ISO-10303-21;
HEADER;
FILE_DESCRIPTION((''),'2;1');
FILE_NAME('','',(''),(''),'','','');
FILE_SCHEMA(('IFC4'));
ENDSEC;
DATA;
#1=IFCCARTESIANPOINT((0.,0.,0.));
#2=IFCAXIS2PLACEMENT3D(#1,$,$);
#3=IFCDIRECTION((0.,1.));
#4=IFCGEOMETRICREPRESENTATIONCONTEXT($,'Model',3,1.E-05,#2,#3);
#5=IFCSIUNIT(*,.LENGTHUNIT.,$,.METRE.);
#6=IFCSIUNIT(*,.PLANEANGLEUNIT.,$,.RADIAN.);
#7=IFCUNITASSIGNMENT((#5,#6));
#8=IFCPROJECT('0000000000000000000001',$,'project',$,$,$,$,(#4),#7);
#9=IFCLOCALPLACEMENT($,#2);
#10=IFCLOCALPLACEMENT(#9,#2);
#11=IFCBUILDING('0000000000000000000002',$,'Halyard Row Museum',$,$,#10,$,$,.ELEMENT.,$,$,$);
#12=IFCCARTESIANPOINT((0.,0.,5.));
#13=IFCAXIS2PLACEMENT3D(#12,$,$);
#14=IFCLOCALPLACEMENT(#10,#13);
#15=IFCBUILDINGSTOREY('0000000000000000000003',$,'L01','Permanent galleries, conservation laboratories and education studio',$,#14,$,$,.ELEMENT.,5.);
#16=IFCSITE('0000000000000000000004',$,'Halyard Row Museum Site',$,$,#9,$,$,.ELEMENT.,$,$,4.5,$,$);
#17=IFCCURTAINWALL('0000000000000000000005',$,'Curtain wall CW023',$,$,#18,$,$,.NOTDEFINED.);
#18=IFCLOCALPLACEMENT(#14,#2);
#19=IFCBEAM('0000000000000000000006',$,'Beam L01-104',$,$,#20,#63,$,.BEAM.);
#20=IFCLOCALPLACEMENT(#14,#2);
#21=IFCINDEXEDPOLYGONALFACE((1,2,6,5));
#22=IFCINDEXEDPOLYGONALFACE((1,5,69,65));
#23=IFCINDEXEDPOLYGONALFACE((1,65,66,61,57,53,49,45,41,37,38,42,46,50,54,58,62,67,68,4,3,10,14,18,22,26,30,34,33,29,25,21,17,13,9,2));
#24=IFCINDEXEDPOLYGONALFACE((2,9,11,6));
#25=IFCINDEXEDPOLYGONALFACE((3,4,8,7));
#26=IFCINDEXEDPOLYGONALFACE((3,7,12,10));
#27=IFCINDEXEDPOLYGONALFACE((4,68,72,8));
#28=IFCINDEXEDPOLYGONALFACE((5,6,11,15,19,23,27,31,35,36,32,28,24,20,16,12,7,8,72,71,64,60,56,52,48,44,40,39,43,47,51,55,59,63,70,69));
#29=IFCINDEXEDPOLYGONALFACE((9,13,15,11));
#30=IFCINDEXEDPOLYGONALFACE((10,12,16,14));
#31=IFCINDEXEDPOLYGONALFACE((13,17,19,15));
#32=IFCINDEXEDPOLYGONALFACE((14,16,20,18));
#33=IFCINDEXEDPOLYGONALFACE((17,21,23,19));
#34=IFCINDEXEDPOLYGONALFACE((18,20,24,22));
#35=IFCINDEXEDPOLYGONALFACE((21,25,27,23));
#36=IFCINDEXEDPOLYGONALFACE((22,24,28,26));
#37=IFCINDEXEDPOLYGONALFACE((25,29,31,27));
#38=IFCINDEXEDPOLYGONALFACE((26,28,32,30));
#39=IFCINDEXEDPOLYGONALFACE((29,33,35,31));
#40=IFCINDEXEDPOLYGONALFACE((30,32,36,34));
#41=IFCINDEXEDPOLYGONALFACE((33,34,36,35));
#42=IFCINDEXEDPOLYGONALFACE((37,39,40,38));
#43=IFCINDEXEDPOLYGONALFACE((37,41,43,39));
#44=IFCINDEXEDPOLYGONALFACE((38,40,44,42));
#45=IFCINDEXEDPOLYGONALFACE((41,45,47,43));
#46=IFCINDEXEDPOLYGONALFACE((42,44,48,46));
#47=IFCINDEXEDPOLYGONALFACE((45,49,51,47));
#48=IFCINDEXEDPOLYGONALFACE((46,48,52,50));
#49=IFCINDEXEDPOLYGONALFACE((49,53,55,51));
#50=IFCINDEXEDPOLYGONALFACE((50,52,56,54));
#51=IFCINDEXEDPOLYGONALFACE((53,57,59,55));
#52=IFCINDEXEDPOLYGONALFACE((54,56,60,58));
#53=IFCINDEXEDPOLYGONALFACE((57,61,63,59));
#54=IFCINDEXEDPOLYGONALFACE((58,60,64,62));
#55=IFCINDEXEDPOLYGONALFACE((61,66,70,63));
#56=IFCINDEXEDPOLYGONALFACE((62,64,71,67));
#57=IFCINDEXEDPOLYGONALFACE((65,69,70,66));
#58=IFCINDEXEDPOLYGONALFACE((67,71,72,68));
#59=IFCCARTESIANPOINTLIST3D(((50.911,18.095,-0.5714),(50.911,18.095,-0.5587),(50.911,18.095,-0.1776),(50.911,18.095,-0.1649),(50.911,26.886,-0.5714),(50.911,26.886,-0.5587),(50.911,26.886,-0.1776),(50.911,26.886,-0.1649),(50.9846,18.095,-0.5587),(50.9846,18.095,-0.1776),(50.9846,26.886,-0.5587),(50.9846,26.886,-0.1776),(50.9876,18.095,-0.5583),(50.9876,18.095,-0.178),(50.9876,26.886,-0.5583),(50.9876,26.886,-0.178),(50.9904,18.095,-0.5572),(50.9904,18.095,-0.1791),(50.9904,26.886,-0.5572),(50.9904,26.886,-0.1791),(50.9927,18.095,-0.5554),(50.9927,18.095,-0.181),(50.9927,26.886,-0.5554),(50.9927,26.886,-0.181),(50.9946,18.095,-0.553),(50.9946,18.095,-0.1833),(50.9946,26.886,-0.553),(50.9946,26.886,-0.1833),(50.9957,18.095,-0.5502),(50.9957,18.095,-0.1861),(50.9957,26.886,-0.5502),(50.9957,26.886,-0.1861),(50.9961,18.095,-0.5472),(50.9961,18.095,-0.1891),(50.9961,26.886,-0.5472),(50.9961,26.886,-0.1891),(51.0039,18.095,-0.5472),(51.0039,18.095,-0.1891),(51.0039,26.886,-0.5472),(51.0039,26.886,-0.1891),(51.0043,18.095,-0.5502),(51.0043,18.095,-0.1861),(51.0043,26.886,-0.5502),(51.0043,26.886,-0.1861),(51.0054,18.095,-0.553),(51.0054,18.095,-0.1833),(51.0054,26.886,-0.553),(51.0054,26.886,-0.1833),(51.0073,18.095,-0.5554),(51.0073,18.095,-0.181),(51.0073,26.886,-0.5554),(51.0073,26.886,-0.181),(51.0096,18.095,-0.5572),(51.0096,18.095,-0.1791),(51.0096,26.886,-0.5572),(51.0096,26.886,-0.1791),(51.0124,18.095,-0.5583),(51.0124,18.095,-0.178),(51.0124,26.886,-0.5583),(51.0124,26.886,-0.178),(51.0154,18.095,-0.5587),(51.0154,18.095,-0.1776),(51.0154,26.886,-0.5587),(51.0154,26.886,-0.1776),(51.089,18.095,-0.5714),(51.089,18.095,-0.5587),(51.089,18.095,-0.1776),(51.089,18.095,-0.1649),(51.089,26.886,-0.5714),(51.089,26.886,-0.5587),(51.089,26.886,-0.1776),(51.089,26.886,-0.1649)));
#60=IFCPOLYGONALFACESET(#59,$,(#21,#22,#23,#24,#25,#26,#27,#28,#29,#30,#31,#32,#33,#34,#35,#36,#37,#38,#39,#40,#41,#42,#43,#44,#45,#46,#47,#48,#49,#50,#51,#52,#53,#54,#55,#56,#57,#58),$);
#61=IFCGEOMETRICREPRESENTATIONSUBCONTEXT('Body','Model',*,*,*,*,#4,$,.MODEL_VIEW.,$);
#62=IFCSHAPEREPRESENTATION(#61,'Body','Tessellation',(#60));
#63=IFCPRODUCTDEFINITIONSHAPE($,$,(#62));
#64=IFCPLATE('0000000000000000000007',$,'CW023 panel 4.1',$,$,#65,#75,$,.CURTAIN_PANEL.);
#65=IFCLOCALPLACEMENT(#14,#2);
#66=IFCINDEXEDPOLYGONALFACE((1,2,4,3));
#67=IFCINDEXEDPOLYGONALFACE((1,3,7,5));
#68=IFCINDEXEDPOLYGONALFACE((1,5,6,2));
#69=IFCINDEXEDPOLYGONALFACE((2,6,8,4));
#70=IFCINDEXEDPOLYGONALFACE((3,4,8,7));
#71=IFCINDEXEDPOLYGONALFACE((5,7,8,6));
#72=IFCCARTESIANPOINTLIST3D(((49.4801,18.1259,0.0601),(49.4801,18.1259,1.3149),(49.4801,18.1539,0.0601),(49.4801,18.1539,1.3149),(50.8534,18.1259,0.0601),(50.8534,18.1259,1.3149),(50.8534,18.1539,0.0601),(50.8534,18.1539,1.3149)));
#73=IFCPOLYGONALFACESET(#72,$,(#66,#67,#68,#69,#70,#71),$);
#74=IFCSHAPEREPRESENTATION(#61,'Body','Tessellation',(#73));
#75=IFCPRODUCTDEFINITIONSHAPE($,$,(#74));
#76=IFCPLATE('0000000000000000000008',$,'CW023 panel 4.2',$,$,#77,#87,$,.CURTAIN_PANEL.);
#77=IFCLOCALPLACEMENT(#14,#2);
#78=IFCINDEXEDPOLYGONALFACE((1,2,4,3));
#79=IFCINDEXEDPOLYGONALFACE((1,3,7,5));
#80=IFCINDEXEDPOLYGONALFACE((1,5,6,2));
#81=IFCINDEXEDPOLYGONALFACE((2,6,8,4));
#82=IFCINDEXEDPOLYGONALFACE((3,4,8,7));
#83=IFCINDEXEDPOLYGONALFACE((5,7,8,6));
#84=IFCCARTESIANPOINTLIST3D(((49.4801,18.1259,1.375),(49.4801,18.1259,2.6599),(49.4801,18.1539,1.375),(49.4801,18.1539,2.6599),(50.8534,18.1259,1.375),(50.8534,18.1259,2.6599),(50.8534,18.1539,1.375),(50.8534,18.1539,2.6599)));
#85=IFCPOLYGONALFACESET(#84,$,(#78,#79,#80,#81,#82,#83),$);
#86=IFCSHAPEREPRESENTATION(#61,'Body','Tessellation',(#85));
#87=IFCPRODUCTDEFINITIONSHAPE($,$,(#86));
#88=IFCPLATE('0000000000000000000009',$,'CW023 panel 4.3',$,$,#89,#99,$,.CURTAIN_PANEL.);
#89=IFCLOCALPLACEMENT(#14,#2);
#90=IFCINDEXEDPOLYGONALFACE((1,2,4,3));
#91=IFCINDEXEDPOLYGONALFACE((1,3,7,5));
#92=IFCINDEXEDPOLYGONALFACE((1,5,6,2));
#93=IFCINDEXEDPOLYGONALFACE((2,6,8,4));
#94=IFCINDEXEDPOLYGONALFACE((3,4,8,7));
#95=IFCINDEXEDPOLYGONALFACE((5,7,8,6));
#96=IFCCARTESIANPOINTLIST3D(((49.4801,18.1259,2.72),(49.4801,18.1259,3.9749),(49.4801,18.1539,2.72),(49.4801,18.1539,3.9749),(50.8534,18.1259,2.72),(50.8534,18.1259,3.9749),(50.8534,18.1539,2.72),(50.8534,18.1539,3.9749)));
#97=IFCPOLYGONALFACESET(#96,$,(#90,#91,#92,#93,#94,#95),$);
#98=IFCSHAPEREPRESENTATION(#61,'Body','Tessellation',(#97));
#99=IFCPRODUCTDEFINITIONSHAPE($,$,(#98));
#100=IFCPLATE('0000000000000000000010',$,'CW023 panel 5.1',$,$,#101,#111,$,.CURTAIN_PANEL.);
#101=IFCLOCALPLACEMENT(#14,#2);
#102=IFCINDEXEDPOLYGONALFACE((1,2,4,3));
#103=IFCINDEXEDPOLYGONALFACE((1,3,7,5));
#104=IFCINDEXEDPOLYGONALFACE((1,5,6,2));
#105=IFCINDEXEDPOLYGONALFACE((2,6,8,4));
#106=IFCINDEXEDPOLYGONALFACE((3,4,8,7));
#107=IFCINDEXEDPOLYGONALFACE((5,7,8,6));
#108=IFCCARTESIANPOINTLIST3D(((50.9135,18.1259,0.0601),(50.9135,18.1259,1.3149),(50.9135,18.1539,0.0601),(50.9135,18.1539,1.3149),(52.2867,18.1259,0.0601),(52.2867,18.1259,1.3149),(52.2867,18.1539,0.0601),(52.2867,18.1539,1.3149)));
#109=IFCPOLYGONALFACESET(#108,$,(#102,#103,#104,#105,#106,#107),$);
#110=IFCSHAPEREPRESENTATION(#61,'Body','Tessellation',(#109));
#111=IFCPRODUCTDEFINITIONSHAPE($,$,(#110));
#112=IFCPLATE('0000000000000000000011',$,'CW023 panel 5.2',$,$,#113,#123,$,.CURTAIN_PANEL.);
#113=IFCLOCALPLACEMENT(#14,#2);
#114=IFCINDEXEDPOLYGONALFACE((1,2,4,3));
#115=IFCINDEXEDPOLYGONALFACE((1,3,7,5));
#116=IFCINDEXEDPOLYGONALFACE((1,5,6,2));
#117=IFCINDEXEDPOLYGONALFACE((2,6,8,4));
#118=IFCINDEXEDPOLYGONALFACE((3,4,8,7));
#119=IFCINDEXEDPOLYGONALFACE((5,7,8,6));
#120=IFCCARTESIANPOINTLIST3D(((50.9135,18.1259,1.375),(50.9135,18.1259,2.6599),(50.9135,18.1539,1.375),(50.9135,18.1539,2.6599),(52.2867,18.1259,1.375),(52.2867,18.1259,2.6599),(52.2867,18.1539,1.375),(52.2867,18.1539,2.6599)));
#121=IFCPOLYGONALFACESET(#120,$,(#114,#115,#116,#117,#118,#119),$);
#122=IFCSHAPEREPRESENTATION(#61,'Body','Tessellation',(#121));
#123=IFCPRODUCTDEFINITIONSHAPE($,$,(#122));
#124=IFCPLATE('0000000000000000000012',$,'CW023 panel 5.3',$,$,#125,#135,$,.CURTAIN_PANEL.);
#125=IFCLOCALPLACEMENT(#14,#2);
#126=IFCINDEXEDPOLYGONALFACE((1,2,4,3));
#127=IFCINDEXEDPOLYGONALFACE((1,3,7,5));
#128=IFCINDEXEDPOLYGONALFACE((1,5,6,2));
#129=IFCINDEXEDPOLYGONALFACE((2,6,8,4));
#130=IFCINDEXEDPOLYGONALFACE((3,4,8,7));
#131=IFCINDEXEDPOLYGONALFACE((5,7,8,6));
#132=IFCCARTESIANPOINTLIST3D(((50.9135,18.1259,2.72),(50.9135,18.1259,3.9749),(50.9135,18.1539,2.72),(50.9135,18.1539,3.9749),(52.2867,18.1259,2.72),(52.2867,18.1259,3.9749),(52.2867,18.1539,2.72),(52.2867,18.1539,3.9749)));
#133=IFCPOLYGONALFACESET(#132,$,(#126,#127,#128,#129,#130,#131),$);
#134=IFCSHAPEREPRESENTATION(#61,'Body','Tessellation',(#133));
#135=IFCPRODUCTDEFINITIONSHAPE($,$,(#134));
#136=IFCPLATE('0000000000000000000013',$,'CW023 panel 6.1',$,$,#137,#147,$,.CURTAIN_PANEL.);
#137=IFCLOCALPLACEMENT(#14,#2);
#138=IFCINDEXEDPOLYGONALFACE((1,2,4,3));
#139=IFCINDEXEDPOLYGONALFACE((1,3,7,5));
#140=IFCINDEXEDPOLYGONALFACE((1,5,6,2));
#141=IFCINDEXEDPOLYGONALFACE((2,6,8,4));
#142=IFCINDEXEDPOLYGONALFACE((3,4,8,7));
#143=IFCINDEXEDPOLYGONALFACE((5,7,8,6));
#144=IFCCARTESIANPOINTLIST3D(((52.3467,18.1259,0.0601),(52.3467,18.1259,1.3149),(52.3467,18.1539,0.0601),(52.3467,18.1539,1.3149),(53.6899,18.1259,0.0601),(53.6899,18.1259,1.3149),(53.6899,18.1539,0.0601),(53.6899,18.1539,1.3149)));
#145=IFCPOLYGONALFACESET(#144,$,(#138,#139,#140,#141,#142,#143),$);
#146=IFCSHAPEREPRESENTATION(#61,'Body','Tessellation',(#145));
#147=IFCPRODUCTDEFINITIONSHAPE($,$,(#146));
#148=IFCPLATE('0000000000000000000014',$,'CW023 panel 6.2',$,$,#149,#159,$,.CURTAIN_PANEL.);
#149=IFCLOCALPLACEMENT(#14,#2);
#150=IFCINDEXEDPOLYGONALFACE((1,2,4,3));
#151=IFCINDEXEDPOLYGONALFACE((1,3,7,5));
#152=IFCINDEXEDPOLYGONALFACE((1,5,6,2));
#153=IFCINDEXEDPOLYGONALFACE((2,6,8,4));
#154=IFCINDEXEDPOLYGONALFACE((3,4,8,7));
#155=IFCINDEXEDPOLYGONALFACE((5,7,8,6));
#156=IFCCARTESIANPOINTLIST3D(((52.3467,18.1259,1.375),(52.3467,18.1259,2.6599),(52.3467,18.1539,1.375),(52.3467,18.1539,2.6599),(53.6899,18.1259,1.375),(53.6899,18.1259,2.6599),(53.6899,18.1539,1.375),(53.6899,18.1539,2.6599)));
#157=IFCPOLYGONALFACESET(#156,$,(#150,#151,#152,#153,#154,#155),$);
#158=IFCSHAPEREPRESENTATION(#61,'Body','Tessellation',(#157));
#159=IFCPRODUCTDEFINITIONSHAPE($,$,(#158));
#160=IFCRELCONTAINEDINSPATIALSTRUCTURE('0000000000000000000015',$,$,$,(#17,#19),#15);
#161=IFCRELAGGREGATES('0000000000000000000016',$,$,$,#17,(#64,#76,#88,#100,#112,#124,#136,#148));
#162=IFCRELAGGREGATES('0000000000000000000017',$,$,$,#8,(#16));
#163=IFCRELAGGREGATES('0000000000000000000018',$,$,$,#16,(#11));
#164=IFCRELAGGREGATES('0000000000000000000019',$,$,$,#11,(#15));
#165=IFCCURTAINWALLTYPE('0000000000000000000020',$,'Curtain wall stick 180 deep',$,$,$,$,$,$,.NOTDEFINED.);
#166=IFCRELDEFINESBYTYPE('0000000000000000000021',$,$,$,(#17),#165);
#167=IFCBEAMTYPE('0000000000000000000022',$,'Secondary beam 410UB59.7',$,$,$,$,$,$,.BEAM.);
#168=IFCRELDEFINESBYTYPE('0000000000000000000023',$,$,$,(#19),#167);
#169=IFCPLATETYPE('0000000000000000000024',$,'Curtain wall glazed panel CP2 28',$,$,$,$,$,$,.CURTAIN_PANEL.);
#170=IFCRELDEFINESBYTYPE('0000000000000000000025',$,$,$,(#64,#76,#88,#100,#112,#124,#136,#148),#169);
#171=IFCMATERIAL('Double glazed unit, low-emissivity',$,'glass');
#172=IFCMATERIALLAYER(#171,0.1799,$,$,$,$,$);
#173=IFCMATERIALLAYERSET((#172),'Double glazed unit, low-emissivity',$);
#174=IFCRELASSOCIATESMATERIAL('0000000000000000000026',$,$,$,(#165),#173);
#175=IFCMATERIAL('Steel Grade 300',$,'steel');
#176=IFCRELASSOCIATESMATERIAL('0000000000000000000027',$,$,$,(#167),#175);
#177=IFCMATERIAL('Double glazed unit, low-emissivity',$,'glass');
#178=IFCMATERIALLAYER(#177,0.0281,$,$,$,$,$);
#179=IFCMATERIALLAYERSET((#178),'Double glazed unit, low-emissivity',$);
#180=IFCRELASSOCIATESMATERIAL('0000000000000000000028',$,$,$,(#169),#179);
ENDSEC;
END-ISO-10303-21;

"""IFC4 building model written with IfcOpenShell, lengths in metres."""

from ifc_helpers import new_model, si_unit, direction, frame, origin, origin_2d, place, context, subcontext, project, spatial, rectangle, i_section, extrude, material, layer, layer_set, material_profile, profile_set, type_object, element, aggregate, save


model = new_model("IFC4")

# Units and contexts
model_context = context("Model", 3, precision=1e-05, world=origin(), true_north=direction((0.0, 1.0)))
body_context = subcontext(model_context, "Body", "Model", "MODEL_VIEW")
ifc_project = project(units=[si_unit("LENGTHUNIT", "METRE"), si_unit("PLANEANGLEUNIT", "RADIAN")], contexts=[model_context])

# Site, building, storey
site_placement = place(None, origin())
site = spatial("IfcSite", under=ifc_project, at=site_placement, Name="Halyard Row Museum Site", CompositionType="ELEMENT", RefElevation=4.5)
building_placement = place(site_placement, origin())
building = spatial("IfcBuilding", under=site, at=building_placement, Name="Halyard Row Museum", CompositionType="ELEMENT")
storey_placement = place(building_placement, frame((0.0, 0.0, 5.0)))
storey = spatial("IfcBuildingStorey", under=building, at=storey_placement, Name="L01", Description="Permanent galleries, conservation laboratories and education studio", CompositionType="ELEMENT", Elevation=5.0)

# Curtain wall
ifc_material_1 = material(Name="Double glazed unit, low-emissivity", Category="glass")
ifc_layer_1 = layer(ifc_material_1, 0.1799)
ifc_layer_set_1 = layer_set([ifc_layer_1], Name="Double glazed unit, low-emissivity")
curtain_wall_type = type_object("IfcCurtainWallType", Name="Curtain wall stick 180 deep", PredefinedType="NOTDEFINED", material=ifc_layer_set_1)
curtain_wall_placement = place(storey_placement, origin())
curtain_wall = element("IfcCurtainWall", 1, at=curtain_wall_placement, inside=storey, type_object=curtain_wall_type, Name="Curtain wall CW023", PredefinedType="NOTDEFINED")

# Beam
ifc_material_2 = material(Name="Steel Grade 300", Category="steel")
ifc_material_profile_1 = material_profile(ifc_material_2, i_section(OverallWidth=0.178, OverallDepth=0.4065, WebThickness=0.0078, FlangeThickness=0.0127, FilletRadius=0.0115, at=origin_2d()), Name="410UB59.7")
ifc_profile_set_1 = profile_set([ifc_material_profile_1], Name="Steel Grade 300")
beam_type = type_object("IfcBeamType", Name="Secondary beam 410UB59.7", PredefinedType="BEAM", material=ifc_profile_set_1)
beam_placement = place(storey_placement, frame((51.0, 18.095, -0.3682), z_axis=(0.0, 1.0, 0.0), x_axis=(-1.0, 0.0, 0.0)))
element("IfcBeam", 2, at=beam_placement, inside=storey, type_object=beam_type, Name="Beam L01-104", PredefinedType="BEAM", context=body_context, shape_type="SweptSolid", body=[
    extrude(i_section(OverallWidth=0.178, OverallDepth=0.4065, WebThickness=0.0078, FlangeThickness=0.0127, FilletRadius=0.0115, at=origin_2d()), origin(), (0.0, 0.0, 1.0), 8.791),
])

# Plates
ifc_material_3 = material(Name="Double glazed unit, low-emissivity", Category="glass")
ifc_layer_2 = layer(ifc_material_3, 0.0281)
ifc_layer_set_2 = layer_set([ifc_layer_2], Name="Double glazed unit, low-emissivity")
plate_type = type_object("IfcPlateType", Name="Curtain wall glazed panel CP2 28", PredefinedType="CURTAIN_PANEL", material=ifc_layer_set_2)
plate_1_placement = place(storey_placement, frame((50.1667, 18.1399, 0.0601), z_axis=(0.0, 0.0, 1.0), x_axis=(1.0, 0.0, 0.0)))
plate_1 = element("IfcPlate", 3, at=plate_1_placement, type_object=plate_type, Name="CW023 panel 4.1", PredefinedType="CURTAIN_PANEL", context=body_context, shape_type="SweptSolid", body=[
    extrude(rectangle(XDim=1.3733, YDim=0.0281, at=origin_2d()), origin(), (0.0, 0.0, 1.0), 1.2549),
])
plate_2_placement = place(storey_placement, frame((50.1667, 18.1399, 1.375), z_axis=(0.0, 0.0, 1.0), x_axis=(1.0, 0.0, 0.0)))
plate_2 = element("IfcPlate", 4, at=plate_2_placement, type_object=plate_type, Name="CW023 panel 4.2", PredefinedType="CURTAIN_PANEL", context=body_context, shape_type="SweptSolid", body=[
    extrude(rectangle(XDim=1.3733, YDim=0.0281, at=origin_2d()), origin(), (0.0, 0.0, 1.0), 1.2849),
])
plate_3_placement = place(storey_placement, frame((50.1667, 18.1399, 2.72), z_axis=(0.0, 0.0, 1.0), x_axis=(1.0, 0.0, 0.0)))
plate_3 = element("IfcPlate", 5, at=plate_3_placement, type_object=plate_type, Name="CW023 panel 4.3", PredefinedType="CURTAIN_PANEL", context=body_context, shape_type="SweptSolid", body=[
    extrude(rectangle(XDim=1.3733, YDim=0.0281, at=origin_2d()), origin(), (0.0, 0.0, 1.0), 1.2549),
])
plate_4_placement = place(storey_placement, frame((51.6001, 18.1399, 0.0601), z_axis=(0.0, 0.0, 1.0), x_axis=(1.0, 0.0, 0.0)))
plate_4 = element("IfcPlate", 6, at=plate_4_placement, type_object=plate_type, Name="CW023 panel 5.1", PredefinedType="CURTAIN_PANEL", context=body_context, shape_type="SweptSolid", body=[
    extrude(rectangle(XDim=1.3733, YDim=0.0281, at=origin_2d()), origin(), (0.0, 0.0, 1.0), 1.2549),
])
plate_5_placement = place(storey_placement, frame((51.6001, 18.1399, 1.375), z_axis=(0.0, 0.0, 1.0), x_axis=(1.0, 0.0, 0.0)))
plate_5 = element("IfcPlate", 7, at=plate_5_placement, type_object=plate_type, Name="CW023 panel 5.2", PredefinedType="CURTAIN_PANEL", context=body_context, shape_type="SweptSolid", body=[
    extrude(rectangle(XDim=1.3733, YDim=0.0281, at=origin_2d()), origin(), (0.0, 0.0, 1.0), 1.2849),
])
plate_6_placement = place(storey_placement, frame((51.6001, 18.1399, 2.72), z_axis=(0.0, 0.0, 1.0), x_axis=(1.0, 0.0, 0.0)))
plate_6 = element("IfcPlate", 8, at=plate_6_placement, type_object=plate_type, Name="CW023 panel 5.3", PredefinedType="CURTAIN_PANEL", context=body_context, shape_type="SweptSolid", body=[
    extrude(rectangle(XDim=1.3733, YDim=0.0281, at=origin_2d()), origin(), (0.0, 0.0, 1.0), 1.2549),
])
plate_7_placement = place(storey_placement, frame((53.0183, 18.1399, 0.0601), z_axis=(0.0, 0.0, 1.0), x_axis=(1.0, 0.0, 0.0)))
plate_7 = element("IfcPlate", 9, at=plate_7_placement, type_object=plate_type, Name="CW023 panel 6.1", PredefinedType="CURTAIN_PANEL", context=body_context, shape_type="SweptSolid", body=[
    extrude(rectangle(XDim=1.3433, YDim=0.0281, at=origin_2d()), origin(), (0.0, 0.0, 1.0), 1.2549),
])
plate_8_placement = place(storey_placement, frame((53.0183, 18.1399, 1.375), z_axis=(0.0, 0.0, 1.0), x_axis=(1.0, 0.0, 0.0)))
plate_8 = element("IfcPlate", 10, at=plate_8_placement, type_object=plate_type, Name="CW023 panel 6.2", PredefinedType="CURTAIN_PANEL", context=body_context, shape_type="SweptSolid", body=[
    extrude(rectangle(XDim=1.3433, YDim=0.0281, at=origin_2d()), origin(), (0.0, 0.0, 1.0), 1.2849),
])
aggregate(curtain_wall, [plate_1, plate_2, plate_3, plate_4, plate_5, plate_6, plate_7, plate_8])

save(model, "model.ifc")
